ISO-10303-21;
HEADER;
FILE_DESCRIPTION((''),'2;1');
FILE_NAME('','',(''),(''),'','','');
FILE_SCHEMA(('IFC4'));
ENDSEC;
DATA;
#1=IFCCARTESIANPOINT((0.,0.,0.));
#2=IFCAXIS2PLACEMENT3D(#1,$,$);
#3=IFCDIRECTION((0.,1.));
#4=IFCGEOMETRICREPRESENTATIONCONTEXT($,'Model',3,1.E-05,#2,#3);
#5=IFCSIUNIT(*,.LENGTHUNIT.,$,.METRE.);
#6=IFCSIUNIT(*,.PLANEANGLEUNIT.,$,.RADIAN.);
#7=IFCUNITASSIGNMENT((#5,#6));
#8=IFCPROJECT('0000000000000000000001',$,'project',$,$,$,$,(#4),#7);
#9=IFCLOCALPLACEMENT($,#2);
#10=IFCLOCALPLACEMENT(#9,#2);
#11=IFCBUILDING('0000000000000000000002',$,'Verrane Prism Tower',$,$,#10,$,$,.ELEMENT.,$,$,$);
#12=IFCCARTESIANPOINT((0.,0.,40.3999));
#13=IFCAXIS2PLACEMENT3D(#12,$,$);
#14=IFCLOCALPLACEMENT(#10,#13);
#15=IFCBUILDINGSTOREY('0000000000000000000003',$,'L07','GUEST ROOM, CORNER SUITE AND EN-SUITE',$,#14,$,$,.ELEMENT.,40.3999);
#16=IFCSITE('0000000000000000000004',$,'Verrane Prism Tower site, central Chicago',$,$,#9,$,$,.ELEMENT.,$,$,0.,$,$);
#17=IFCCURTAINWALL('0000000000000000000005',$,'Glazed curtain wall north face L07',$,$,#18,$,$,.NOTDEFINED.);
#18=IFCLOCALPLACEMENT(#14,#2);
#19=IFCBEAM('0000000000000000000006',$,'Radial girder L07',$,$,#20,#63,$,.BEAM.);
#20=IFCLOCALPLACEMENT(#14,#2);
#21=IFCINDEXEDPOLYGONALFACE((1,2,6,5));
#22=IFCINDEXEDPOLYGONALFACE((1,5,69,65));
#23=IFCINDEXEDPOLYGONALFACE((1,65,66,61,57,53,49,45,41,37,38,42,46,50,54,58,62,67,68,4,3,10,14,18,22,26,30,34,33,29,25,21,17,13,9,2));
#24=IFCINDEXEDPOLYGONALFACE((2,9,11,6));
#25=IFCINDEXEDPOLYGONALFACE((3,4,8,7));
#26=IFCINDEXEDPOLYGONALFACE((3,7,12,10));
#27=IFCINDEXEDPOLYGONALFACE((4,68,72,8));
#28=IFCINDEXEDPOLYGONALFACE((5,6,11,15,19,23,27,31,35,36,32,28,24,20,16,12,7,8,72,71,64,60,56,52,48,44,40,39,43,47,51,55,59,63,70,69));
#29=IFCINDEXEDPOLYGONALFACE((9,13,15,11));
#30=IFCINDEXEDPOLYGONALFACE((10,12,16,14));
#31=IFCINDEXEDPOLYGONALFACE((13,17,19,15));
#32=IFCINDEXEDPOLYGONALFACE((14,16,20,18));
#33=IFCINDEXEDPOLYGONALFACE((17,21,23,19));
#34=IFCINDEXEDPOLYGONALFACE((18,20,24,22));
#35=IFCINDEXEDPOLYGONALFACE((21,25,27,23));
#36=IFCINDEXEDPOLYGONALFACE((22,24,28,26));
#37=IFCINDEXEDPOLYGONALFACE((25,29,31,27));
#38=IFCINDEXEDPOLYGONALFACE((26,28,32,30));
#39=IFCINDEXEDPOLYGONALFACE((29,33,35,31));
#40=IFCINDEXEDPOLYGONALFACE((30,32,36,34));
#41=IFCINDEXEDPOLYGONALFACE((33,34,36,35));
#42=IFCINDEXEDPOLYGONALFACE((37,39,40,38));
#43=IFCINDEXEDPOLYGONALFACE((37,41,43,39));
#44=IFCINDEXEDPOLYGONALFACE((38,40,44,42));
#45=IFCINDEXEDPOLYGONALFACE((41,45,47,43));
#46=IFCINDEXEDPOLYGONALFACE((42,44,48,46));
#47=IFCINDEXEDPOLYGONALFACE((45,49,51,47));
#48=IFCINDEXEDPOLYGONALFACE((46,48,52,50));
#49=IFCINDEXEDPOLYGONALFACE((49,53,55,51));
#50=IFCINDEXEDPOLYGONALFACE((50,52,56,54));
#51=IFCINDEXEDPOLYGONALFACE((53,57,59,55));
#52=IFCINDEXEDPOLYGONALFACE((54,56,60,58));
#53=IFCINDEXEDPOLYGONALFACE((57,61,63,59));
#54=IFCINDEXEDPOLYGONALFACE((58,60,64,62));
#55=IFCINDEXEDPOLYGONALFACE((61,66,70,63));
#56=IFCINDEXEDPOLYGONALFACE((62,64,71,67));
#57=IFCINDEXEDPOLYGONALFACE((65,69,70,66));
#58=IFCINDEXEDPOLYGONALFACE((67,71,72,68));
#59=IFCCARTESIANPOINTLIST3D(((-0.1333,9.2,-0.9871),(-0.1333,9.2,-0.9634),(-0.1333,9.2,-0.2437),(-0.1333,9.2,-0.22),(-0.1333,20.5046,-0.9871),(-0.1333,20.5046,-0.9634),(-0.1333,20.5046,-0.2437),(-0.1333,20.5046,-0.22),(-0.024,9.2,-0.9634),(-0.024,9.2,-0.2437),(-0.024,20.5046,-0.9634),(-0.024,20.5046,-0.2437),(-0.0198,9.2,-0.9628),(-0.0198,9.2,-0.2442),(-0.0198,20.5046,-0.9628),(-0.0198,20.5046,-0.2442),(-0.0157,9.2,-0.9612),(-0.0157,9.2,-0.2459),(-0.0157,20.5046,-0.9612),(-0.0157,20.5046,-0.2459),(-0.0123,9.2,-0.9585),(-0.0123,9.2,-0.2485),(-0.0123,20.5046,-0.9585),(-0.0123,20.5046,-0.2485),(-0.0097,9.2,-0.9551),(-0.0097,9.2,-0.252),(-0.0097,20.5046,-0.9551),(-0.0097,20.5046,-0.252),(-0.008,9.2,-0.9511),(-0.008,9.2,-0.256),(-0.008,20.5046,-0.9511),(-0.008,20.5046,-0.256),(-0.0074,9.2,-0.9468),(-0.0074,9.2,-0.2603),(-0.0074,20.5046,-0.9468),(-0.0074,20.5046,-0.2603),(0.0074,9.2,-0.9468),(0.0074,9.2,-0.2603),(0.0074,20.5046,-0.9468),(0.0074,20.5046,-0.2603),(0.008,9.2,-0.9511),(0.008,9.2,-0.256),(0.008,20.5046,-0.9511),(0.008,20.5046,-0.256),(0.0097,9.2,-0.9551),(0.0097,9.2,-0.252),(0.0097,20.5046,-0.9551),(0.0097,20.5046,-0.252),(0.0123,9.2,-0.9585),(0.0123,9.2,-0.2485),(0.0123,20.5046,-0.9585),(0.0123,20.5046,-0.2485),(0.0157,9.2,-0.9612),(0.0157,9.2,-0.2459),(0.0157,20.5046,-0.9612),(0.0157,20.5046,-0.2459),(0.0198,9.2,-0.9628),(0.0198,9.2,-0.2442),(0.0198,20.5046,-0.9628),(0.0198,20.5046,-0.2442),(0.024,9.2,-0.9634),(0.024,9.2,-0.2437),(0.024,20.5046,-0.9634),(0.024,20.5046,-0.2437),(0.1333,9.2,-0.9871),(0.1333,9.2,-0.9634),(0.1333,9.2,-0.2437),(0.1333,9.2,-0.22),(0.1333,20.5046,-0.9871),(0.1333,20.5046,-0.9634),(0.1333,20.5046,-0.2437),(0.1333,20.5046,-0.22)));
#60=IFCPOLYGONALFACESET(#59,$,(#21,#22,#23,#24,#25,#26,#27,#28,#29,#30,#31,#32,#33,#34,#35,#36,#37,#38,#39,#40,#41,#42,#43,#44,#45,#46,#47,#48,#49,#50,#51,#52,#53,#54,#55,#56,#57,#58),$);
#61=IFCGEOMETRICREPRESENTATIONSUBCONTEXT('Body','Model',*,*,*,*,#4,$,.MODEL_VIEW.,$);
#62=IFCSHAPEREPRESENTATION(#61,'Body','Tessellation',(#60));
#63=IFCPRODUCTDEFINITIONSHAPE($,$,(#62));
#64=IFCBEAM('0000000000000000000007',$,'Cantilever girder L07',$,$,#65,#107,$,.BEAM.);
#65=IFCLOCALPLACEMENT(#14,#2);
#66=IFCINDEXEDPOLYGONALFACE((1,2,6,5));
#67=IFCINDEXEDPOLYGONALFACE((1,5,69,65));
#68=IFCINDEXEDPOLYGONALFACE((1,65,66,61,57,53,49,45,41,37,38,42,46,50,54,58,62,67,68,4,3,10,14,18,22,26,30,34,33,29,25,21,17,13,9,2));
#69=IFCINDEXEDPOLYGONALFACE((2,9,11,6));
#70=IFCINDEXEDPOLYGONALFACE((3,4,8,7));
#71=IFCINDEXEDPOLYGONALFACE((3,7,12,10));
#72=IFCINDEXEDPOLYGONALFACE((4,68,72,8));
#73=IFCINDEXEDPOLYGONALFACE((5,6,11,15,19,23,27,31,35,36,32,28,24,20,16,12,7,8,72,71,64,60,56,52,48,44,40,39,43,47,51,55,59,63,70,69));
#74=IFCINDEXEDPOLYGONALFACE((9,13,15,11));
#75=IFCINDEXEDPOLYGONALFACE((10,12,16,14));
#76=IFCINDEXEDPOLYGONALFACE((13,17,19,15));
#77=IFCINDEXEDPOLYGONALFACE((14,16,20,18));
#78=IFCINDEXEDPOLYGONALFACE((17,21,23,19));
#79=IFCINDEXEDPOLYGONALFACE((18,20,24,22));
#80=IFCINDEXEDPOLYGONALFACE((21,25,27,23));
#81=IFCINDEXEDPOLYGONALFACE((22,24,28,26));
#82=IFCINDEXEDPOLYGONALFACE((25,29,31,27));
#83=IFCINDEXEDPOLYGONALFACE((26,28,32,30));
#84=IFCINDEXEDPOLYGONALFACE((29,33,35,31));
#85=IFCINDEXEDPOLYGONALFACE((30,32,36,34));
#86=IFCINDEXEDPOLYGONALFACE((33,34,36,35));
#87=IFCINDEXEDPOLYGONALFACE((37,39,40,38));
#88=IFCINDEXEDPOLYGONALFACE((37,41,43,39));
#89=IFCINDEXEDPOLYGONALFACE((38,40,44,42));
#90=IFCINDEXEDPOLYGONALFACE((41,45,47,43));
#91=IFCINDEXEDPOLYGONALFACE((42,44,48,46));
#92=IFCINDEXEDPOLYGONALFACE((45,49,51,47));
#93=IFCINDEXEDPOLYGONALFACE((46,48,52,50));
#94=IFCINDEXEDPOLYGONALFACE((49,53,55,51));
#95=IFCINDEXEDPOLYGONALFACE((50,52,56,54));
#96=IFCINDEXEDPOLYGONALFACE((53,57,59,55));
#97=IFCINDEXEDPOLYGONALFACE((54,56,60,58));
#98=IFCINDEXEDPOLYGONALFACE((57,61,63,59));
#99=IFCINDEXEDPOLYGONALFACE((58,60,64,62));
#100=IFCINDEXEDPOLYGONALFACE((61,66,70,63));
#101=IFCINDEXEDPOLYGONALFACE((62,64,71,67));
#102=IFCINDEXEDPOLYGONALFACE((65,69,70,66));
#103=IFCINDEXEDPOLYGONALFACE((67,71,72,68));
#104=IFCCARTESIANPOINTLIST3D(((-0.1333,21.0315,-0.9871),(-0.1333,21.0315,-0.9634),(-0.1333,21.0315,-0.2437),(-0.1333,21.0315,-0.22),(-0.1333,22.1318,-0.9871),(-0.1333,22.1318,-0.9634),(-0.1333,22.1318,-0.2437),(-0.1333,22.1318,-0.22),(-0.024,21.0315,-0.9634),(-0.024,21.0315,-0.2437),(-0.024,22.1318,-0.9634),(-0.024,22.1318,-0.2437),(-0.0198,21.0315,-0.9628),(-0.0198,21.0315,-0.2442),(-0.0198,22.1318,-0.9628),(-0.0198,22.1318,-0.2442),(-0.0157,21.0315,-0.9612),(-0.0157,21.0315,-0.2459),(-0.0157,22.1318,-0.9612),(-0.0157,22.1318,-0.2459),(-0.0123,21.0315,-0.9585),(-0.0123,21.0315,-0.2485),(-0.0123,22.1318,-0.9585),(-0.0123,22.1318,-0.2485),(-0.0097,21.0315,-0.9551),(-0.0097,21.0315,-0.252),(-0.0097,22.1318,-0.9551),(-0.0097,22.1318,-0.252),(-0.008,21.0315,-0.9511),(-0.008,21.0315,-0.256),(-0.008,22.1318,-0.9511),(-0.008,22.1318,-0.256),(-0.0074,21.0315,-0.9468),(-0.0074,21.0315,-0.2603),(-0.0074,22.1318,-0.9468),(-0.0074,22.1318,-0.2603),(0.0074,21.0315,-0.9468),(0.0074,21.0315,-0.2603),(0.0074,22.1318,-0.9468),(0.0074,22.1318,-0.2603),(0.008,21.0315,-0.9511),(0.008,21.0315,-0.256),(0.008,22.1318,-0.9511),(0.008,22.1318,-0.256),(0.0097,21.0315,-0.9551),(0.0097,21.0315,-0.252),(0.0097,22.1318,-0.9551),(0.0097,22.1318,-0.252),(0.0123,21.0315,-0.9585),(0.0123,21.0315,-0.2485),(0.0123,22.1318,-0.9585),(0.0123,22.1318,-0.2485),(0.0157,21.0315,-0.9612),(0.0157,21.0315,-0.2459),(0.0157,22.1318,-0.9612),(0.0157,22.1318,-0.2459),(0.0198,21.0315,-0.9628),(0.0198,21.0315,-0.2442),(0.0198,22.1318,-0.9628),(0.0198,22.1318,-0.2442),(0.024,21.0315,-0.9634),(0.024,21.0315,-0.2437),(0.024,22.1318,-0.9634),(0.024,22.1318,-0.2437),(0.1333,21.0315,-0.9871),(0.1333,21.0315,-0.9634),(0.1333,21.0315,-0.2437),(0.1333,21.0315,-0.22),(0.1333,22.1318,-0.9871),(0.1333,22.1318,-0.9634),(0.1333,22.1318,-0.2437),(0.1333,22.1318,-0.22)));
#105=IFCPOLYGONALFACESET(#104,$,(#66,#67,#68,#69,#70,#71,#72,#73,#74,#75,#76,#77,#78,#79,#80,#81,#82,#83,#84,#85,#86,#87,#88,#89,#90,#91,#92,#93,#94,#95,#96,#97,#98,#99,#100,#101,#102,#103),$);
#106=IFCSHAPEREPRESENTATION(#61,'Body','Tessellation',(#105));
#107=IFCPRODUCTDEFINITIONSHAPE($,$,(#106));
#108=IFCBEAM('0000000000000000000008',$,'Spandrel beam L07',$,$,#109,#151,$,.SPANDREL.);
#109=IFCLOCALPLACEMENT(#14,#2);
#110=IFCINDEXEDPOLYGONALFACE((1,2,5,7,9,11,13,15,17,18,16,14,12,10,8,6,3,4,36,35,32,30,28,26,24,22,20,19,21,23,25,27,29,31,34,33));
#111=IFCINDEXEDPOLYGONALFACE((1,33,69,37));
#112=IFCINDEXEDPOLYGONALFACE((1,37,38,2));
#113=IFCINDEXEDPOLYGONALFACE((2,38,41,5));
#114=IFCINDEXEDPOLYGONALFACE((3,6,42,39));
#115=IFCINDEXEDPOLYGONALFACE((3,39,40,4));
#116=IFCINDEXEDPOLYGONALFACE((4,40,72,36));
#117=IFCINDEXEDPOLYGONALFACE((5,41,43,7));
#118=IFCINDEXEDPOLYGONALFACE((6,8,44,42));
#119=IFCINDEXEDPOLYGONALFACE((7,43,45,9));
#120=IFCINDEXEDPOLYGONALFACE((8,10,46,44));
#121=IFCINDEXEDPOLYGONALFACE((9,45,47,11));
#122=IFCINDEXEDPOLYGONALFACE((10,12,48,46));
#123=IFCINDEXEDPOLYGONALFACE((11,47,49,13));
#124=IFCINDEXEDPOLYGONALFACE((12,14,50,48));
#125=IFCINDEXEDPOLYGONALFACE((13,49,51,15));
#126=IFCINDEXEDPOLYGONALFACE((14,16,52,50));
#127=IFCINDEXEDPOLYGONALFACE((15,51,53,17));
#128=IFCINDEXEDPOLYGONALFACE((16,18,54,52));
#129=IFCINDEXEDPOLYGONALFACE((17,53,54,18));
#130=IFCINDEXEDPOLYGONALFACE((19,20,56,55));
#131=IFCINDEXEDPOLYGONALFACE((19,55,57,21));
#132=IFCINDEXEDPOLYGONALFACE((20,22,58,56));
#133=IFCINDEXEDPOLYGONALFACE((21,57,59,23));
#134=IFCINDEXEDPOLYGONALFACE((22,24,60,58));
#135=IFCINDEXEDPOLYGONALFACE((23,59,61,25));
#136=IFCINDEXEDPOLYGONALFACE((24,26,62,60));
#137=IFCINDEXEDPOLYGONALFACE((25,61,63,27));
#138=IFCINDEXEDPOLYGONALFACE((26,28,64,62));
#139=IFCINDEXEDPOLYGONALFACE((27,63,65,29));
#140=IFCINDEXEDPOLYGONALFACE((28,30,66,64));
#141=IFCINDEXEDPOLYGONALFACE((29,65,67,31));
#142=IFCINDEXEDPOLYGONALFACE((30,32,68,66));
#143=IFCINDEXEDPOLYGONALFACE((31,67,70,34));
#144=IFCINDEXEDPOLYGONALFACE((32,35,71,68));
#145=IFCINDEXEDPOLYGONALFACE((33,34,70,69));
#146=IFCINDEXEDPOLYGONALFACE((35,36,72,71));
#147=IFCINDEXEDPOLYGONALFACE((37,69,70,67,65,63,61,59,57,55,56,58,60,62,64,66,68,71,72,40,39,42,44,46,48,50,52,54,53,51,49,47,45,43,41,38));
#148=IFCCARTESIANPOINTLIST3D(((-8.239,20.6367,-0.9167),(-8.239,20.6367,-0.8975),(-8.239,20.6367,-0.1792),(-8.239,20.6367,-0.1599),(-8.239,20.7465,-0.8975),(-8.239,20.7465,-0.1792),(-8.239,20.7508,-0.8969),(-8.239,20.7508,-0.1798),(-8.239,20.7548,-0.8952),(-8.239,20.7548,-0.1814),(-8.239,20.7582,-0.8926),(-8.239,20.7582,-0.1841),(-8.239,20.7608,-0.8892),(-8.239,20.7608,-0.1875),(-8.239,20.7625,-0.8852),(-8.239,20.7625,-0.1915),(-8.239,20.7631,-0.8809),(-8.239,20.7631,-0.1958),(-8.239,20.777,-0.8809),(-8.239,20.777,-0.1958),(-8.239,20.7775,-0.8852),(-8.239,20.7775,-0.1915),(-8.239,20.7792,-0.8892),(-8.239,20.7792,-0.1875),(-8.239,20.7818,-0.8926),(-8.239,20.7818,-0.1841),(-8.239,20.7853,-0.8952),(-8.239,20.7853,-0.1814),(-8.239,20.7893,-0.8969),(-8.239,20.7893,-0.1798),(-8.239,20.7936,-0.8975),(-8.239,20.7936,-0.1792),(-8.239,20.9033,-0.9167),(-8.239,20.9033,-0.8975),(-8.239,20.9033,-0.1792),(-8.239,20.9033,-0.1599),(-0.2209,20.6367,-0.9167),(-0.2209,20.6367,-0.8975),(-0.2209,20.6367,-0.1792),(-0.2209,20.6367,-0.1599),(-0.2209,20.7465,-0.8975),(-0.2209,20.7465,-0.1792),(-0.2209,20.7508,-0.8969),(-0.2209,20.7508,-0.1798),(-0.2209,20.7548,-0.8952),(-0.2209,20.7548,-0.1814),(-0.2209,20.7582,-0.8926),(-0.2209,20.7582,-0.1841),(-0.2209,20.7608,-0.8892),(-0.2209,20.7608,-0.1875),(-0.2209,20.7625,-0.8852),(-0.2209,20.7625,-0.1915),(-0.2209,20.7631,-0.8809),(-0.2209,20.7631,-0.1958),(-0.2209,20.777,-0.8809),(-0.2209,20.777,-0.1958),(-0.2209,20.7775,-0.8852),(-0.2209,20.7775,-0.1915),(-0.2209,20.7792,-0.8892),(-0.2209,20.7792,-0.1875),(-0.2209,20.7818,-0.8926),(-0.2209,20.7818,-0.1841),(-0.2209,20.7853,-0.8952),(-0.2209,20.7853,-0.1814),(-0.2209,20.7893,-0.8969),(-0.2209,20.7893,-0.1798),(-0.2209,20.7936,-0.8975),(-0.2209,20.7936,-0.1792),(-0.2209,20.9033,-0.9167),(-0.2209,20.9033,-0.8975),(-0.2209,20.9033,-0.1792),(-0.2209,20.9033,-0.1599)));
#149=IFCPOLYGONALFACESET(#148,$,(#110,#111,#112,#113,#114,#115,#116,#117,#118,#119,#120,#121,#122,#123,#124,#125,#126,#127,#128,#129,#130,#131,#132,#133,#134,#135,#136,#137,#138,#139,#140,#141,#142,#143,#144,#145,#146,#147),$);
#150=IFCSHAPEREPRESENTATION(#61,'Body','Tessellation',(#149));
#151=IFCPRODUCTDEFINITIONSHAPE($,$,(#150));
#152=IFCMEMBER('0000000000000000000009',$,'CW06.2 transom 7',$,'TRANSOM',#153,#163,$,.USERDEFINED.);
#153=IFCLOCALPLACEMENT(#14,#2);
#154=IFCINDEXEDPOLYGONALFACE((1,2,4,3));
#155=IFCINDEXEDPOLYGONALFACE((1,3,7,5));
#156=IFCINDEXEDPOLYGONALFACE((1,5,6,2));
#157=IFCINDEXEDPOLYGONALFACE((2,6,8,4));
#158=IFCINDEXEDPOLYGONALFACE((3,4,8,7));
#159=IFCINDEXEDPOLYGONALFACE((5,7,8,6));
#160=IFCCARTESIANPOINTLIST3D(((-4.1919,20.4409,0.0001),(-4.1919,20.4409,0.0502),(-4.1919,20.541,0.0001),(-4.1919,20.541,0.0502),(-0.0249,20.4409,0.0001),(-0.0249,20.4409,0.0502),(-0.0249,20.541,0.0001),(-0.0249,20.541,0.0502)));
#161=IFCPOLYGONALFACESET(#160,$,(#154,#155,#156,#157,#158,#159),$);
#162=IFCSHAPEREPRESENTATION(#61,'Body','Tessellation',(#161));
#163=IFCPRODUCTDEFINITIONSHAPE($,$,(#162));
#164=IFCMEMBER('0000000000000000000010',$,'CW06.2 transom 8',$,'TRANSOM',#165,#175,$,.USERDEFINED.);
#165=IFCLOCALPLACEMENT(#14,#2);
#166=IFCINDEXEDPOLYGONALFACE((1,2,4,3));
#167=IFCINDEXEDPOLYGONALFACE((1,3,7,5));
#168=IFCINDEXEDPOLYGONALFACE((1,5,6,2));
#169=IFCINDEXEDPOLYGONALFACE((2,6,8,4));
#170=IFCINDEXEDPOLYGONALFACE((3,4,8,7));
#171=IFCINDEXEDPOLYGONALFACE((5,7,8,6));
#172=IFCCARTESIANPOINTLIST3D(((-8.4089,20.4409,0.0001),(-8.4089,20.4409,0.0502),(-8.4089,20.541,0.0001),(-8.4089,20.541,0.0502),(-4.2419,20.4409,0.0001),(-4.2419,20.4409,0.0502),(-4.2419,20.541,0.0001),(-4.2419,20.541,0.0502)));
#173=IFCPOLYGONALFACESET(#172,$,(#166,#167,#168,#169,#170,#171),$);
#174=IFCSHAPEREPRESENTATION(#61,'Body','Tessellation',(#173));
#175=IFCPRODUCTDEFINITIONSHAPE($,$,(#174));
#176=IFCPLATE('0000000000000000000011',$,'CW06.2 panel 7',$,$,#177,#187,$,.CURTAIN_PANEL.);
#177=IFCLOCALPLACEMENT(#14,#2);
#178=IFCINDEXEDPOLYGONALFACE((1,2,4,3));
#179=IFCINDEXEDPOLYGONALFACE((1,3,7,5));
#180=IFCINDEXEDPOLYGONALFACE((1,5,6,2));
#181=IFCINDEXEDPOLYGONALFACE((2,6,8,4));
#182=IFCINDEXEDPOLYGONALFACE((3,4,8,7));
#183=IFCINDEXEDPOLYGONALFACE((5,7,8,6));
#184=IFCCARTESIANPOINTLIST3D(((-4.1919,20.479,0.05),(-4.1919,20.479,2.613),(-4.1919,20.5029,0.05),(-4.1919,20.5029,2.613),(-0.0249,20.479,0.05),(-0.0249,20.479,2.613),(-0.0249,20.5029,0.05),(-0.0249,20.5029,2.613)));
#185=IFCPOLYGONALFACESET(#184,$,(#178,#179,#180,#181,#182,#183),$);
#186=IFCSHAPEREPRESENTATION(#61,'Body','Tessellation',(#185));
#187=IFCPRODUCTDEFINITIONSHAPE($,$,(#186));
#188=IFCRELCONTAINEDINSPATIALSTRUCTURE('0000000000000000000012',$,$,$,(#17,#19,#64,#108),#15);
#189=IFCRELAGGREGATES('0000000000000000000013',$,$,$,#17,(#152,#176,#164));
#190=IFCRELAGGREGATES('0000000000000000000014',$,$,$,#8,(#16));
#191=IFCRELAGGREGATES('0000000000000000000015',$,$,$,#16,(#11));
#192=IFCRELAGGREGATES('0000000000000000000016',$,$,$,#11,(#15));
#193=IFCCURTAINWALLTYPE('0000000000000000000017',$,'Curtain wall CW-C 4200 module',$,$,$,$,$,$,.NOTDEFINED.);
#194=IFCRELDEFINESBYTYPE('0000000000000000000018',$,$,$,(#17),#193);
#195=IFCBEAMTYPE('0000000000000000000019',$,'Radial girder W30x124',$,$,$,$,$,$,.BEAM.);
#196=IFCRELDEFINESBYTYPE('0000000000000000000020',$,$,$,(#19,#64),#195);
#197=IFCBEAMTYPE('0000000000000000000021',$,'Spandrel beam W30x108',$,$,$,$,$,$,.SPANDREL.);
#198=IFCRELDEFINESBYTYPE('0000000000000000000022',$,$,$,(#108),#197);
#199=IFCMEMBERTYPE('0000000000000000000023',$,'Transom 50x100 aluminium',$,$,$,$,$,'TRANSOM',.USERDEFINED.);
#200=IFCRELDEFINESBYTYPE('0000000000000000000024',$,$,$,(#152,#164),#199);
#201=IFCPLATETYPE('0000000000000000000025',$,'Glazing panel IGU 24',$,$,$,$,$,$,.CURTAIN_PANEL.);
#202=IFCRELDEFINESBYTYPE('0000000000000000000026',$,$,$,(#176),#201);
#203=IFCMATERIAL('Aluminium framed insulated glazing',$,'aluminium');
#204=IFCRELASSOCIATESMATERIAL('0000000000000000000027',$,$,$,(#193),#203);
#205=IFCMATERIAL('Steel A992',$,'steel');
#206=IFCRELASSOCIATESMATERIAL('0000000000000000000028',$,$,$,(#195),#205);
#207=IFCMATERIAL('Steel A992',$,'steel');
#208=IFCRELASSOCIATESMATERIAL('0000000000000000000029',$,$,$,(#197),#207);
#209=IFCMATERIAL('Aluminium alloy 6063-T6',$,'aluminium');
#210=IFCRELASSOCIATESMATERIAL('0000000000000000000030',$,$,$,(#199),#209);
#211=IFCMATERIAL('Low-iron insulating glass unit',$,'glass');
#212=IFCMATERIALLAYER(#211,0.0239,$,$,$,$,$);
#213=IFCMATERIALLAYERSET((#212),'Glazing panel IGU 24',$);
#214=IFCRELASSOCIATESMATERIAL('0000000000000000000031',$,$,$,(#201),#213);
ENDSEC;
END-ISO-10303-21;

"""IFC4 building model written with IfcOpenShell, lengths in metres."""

from ifc_helpers import new_model, si_unit, direction, frame, origin, origin_2d, place, context, subcontext, project, spatial, rectangle, i_section, extrude, material, layer, layer_set, material_profile, profile_set, type_object, element, aggregate, save


model = new_model("IFC4")

# Units and contexts
model_context = context("Model", 3, precision=1e-05, world=origin(), true_north=direction((0.0, 1.0)))
body_context = subcontext(model_context, "Body", "Model", "MODEL_VIEW")
ifc_project = project(units=[si_unit("LENGTHUNIT", "METRE"), si_unit("PLANEANGLEUNIT", "RADIAN")], contexts=[model_context])

# Site, building, storey
site_placement = place(None, origin())
site = spatial("IfcSite", under=ifc_project, at=site_placement, Name="Verrane Prism Tower site, central Chicago", CompositionType="ELEMENT", RefElevation=0.0)
building_placement = place(site_placement, origin())
building = spatial("IfcBuilding", under=site, at=building_placement, Name="Verrane Prism Tower", CompositionType="ELEMENT")
storey_placement = place(building_placement, frame((0.0, 0.0, 40.3999)))
storey = spatial("IfcBuildingStorey", under=building, at=storey_placement, Name="L07", Description="GUEST ROOM, CORNER SUITE AND EN-SUITE", CompositionType="ELEMENT", Elevation=40.3999)

# Curtain wall
ifc_material_1 = material(Name="Aluminium framed insulated glazing", Category="aluminium")
curtain_wall_type = type_object("IfcCurtainWallType", Name="Curtain wall CW-C 4200 module", PredefinedType="NOTDEFINED", material=ifc_material_1)
curtain_wall_placement = place(storey_placement, origin())
curtain_wall = element("IfcCurtainWall", 1, at=curtain_wall_placement, inside=storey, type_object=curtain_wall_type, Name="Glazed curtain wall north face L07", PredefinedType="NOTDEFINED")

# Beams
ifc_material_2 = material(Name="Steel A992", Category="steel")
ifc_material_profile_1 = material_profile(ifc_material_2, i_section(OverallWidth=0.2666, OverallDepth=0.7671, WebThickness=0.0149, FlangeThickness=0.0237, FilletRadius=0.0166, at=origin_2d()), Name="W30x124")
ifc_profile_set_1 = profile_set([ifc_material_profile_1], Name="Steel A992")
beam_type_1 = type_object("IfcBeamType", Name="Radial girder W30x124", PredefinedType="BEAM", material=ifc_profile_set_1)
beam_1_placement = place(storey_placement, frame((0.0, 20.5046, -0.6035), z_axis=(0.0, -1.0, 0.0), x_axis=(1.0, 0.0, 0.0)))
element("IfcBeam", 2, at=beam_1_placement, inside=storey, type_object=beam_type_1, Name="Radial girder L07", PredefinedType="BEAM", context=body_context, shape_type="SweptSolid", body=[
    extrude(i_section(OverallWidth=0.2666, OverallDepth=0.7671, WebThickness=0.0149, FlangeThickness=0.0237, FilletRadius=0.0166, at=origin_2d()), origin(), (0.0, 0.0, 1.0), 11.3047),
])
beam_2_placement = place(storey_placement, frame((0.0, 21.0315, -0.6035), z_axis=(0.0, 1.0, 0.0), x_axis=(-1.0, 0.0, 0.0)))
element("IfcBeam", 3, at=beam_2_placement, inside=storey, type_object=beam_type_1, Name="Cantilever girder L07", PredefinedType="BEAM", context=body_context, shape_type="SweptSolid", body=[
    extrude(i_section(OverallWidth=0.2666, OverallDepth=0.7671, WebThickness=0.0149, FlangeThickness=0.0237, FilletRadius=0.0166, at=origin_2d()), origin(), (0.0, 0.0, 1.0), 1.1003),
])
ifc_material_3 = material(Name="Steel A992", Category="steel")
ifc_material_profile_2 = material_profile(ifc_material_3, i_section(OverallWidth=0.2666, OverallDepth=0.7568, WebThickness=0.0139, FlangeThickness=0.0193, FilletRadius=0.0166, at=origin_2d()), Name="W30x108")
ifc_profile_set_2 = profile_set([ifc_material_profile_2], Name="Steel A992")
beam_type_2 = type_object("IfcBeamType", Name="Spandrel beam W30x108", PredefinedType="SPANDREL", material=ifc_profile_set_2)
beam_3_placement = place(storey_placement, frame((-0.2209, 20.77, -0.5383), z_axis=(-1.0, 0.0, 0.0), x_axis=(0.0, -1.0, 0.0)))
element("IfcBeam", 4, at=beam_3_placement, inside=storey, type_object=beam_type_2, Name="Spandrel beam L07", PredefinedType="SPANDREL", context=body_context, shape_type="SweptSolid", body=[
    extrude(i_section(OverallWidth=0.2666, OverallDepth=0.7568, WebThickness=0.0139, FlangeThickness=0.0193, FilletRadius=0.0166, at=origin_2d()), origin(), (0.0, 0.0, 1.0), 8.0181),
])

# Members
ifc_material_4 = material(Name="Aluminium alloy 6063-T6", Category="aluminium")
ifc_material_profile_3 = material_profile(ifc_material_4, rectangle(XDim=0.1001, YDim=0.05, at=origin_2d()), Name="Transom 50x100 aluminium")
ifc_profile_set_3 = profile_set([ifc_material_profile_3], Name="Aluminium alloy 6063-T6")
member_type_1 = type_object("IfcMemberType", Name="Transom 50x100 aluminium", ElementType="TRANSOM", PredefinedType="USERDEFINED", material=ifc_profile_set_3)
member_1_placement = place(storey_placement, frame((-0.0249, 20.491, 0.0251), z_axis=(-1.0, 0.0, 0.0), x_axis=(0.0, -1.0, 0.0)))
member_1 = element("IfcMember", 5, at=member_1_placement, type_object=member_type_1, Name="CW06.2 transom 7", ObjectType="TRANSOM", PredefinedType="USERDEFINED", context=body_context, shape_type="SweptSolid", body=[
    extrude(rectangle(XDim=0.1001, YDim=0.05, at=origin_2d()), origin(), (0.0, 0.0, 1.0), 4.167),
])
member_2_placement = place(storey_placement, frame((-4.2419, 20.491, 0.0251), z_axis=(-1.0, 0.0, 0.0), x_axis=(0.0, -1.0, 0.0)))
member_2 = element("IfcMember", 6, at=member_2_placement, type_object=member_type_1, Name="CW06.2 transom 8", ObjectType="TRANSOM", PredefinedType="USERDEFINED", context=body_context, shape_type="SweptSolid", body=[
    extrude(rectangle(XDim=0.1001, YDim=0.05, at=origin_2d()), origin(), (0.0, 0.0, 1.0), 4.167),
])

# Plate
ifc_material_5 = material(Name="Low-iron insulating glass unit", Category="glass")
ifc_layer_1 = layer(ifc_material_5, 0.0239)
ifc_layer_set_1 = layer_set([ifc_layer_1], Name="Glazing panel IGU 24")
plate_type = type_object("IfcPlateType", Name="Glazing panel IGU 24", PredefinedType="CURTAIN_PANEL", material=ifc_layer_set_1)
plate_1_placement = place(storey_placement, frame((-2.1084, 20.491, 0.05), z_axis=(0.0, 0.0, 1.0), x_axis=(-1.0, 0.0, 0.0)))
plate_1 = element("IfcPlate", 7, at=plate_1_placement, type_object=plate_type, Name="CW06.2 panel 7", PredefinedType="CURTAIN_PANEL", context=body_context, shape_type="SweptSolid", body=[
    extrude(rectangle(XDim=4.167, YDim=0.0239, at=origin_2d()), origin(), (0.0, 0.0, 1.0), 2.563),
])
aggregate(curtain_wall, [member_1, plate_1, member_2])

save(model, "model.ifc")
